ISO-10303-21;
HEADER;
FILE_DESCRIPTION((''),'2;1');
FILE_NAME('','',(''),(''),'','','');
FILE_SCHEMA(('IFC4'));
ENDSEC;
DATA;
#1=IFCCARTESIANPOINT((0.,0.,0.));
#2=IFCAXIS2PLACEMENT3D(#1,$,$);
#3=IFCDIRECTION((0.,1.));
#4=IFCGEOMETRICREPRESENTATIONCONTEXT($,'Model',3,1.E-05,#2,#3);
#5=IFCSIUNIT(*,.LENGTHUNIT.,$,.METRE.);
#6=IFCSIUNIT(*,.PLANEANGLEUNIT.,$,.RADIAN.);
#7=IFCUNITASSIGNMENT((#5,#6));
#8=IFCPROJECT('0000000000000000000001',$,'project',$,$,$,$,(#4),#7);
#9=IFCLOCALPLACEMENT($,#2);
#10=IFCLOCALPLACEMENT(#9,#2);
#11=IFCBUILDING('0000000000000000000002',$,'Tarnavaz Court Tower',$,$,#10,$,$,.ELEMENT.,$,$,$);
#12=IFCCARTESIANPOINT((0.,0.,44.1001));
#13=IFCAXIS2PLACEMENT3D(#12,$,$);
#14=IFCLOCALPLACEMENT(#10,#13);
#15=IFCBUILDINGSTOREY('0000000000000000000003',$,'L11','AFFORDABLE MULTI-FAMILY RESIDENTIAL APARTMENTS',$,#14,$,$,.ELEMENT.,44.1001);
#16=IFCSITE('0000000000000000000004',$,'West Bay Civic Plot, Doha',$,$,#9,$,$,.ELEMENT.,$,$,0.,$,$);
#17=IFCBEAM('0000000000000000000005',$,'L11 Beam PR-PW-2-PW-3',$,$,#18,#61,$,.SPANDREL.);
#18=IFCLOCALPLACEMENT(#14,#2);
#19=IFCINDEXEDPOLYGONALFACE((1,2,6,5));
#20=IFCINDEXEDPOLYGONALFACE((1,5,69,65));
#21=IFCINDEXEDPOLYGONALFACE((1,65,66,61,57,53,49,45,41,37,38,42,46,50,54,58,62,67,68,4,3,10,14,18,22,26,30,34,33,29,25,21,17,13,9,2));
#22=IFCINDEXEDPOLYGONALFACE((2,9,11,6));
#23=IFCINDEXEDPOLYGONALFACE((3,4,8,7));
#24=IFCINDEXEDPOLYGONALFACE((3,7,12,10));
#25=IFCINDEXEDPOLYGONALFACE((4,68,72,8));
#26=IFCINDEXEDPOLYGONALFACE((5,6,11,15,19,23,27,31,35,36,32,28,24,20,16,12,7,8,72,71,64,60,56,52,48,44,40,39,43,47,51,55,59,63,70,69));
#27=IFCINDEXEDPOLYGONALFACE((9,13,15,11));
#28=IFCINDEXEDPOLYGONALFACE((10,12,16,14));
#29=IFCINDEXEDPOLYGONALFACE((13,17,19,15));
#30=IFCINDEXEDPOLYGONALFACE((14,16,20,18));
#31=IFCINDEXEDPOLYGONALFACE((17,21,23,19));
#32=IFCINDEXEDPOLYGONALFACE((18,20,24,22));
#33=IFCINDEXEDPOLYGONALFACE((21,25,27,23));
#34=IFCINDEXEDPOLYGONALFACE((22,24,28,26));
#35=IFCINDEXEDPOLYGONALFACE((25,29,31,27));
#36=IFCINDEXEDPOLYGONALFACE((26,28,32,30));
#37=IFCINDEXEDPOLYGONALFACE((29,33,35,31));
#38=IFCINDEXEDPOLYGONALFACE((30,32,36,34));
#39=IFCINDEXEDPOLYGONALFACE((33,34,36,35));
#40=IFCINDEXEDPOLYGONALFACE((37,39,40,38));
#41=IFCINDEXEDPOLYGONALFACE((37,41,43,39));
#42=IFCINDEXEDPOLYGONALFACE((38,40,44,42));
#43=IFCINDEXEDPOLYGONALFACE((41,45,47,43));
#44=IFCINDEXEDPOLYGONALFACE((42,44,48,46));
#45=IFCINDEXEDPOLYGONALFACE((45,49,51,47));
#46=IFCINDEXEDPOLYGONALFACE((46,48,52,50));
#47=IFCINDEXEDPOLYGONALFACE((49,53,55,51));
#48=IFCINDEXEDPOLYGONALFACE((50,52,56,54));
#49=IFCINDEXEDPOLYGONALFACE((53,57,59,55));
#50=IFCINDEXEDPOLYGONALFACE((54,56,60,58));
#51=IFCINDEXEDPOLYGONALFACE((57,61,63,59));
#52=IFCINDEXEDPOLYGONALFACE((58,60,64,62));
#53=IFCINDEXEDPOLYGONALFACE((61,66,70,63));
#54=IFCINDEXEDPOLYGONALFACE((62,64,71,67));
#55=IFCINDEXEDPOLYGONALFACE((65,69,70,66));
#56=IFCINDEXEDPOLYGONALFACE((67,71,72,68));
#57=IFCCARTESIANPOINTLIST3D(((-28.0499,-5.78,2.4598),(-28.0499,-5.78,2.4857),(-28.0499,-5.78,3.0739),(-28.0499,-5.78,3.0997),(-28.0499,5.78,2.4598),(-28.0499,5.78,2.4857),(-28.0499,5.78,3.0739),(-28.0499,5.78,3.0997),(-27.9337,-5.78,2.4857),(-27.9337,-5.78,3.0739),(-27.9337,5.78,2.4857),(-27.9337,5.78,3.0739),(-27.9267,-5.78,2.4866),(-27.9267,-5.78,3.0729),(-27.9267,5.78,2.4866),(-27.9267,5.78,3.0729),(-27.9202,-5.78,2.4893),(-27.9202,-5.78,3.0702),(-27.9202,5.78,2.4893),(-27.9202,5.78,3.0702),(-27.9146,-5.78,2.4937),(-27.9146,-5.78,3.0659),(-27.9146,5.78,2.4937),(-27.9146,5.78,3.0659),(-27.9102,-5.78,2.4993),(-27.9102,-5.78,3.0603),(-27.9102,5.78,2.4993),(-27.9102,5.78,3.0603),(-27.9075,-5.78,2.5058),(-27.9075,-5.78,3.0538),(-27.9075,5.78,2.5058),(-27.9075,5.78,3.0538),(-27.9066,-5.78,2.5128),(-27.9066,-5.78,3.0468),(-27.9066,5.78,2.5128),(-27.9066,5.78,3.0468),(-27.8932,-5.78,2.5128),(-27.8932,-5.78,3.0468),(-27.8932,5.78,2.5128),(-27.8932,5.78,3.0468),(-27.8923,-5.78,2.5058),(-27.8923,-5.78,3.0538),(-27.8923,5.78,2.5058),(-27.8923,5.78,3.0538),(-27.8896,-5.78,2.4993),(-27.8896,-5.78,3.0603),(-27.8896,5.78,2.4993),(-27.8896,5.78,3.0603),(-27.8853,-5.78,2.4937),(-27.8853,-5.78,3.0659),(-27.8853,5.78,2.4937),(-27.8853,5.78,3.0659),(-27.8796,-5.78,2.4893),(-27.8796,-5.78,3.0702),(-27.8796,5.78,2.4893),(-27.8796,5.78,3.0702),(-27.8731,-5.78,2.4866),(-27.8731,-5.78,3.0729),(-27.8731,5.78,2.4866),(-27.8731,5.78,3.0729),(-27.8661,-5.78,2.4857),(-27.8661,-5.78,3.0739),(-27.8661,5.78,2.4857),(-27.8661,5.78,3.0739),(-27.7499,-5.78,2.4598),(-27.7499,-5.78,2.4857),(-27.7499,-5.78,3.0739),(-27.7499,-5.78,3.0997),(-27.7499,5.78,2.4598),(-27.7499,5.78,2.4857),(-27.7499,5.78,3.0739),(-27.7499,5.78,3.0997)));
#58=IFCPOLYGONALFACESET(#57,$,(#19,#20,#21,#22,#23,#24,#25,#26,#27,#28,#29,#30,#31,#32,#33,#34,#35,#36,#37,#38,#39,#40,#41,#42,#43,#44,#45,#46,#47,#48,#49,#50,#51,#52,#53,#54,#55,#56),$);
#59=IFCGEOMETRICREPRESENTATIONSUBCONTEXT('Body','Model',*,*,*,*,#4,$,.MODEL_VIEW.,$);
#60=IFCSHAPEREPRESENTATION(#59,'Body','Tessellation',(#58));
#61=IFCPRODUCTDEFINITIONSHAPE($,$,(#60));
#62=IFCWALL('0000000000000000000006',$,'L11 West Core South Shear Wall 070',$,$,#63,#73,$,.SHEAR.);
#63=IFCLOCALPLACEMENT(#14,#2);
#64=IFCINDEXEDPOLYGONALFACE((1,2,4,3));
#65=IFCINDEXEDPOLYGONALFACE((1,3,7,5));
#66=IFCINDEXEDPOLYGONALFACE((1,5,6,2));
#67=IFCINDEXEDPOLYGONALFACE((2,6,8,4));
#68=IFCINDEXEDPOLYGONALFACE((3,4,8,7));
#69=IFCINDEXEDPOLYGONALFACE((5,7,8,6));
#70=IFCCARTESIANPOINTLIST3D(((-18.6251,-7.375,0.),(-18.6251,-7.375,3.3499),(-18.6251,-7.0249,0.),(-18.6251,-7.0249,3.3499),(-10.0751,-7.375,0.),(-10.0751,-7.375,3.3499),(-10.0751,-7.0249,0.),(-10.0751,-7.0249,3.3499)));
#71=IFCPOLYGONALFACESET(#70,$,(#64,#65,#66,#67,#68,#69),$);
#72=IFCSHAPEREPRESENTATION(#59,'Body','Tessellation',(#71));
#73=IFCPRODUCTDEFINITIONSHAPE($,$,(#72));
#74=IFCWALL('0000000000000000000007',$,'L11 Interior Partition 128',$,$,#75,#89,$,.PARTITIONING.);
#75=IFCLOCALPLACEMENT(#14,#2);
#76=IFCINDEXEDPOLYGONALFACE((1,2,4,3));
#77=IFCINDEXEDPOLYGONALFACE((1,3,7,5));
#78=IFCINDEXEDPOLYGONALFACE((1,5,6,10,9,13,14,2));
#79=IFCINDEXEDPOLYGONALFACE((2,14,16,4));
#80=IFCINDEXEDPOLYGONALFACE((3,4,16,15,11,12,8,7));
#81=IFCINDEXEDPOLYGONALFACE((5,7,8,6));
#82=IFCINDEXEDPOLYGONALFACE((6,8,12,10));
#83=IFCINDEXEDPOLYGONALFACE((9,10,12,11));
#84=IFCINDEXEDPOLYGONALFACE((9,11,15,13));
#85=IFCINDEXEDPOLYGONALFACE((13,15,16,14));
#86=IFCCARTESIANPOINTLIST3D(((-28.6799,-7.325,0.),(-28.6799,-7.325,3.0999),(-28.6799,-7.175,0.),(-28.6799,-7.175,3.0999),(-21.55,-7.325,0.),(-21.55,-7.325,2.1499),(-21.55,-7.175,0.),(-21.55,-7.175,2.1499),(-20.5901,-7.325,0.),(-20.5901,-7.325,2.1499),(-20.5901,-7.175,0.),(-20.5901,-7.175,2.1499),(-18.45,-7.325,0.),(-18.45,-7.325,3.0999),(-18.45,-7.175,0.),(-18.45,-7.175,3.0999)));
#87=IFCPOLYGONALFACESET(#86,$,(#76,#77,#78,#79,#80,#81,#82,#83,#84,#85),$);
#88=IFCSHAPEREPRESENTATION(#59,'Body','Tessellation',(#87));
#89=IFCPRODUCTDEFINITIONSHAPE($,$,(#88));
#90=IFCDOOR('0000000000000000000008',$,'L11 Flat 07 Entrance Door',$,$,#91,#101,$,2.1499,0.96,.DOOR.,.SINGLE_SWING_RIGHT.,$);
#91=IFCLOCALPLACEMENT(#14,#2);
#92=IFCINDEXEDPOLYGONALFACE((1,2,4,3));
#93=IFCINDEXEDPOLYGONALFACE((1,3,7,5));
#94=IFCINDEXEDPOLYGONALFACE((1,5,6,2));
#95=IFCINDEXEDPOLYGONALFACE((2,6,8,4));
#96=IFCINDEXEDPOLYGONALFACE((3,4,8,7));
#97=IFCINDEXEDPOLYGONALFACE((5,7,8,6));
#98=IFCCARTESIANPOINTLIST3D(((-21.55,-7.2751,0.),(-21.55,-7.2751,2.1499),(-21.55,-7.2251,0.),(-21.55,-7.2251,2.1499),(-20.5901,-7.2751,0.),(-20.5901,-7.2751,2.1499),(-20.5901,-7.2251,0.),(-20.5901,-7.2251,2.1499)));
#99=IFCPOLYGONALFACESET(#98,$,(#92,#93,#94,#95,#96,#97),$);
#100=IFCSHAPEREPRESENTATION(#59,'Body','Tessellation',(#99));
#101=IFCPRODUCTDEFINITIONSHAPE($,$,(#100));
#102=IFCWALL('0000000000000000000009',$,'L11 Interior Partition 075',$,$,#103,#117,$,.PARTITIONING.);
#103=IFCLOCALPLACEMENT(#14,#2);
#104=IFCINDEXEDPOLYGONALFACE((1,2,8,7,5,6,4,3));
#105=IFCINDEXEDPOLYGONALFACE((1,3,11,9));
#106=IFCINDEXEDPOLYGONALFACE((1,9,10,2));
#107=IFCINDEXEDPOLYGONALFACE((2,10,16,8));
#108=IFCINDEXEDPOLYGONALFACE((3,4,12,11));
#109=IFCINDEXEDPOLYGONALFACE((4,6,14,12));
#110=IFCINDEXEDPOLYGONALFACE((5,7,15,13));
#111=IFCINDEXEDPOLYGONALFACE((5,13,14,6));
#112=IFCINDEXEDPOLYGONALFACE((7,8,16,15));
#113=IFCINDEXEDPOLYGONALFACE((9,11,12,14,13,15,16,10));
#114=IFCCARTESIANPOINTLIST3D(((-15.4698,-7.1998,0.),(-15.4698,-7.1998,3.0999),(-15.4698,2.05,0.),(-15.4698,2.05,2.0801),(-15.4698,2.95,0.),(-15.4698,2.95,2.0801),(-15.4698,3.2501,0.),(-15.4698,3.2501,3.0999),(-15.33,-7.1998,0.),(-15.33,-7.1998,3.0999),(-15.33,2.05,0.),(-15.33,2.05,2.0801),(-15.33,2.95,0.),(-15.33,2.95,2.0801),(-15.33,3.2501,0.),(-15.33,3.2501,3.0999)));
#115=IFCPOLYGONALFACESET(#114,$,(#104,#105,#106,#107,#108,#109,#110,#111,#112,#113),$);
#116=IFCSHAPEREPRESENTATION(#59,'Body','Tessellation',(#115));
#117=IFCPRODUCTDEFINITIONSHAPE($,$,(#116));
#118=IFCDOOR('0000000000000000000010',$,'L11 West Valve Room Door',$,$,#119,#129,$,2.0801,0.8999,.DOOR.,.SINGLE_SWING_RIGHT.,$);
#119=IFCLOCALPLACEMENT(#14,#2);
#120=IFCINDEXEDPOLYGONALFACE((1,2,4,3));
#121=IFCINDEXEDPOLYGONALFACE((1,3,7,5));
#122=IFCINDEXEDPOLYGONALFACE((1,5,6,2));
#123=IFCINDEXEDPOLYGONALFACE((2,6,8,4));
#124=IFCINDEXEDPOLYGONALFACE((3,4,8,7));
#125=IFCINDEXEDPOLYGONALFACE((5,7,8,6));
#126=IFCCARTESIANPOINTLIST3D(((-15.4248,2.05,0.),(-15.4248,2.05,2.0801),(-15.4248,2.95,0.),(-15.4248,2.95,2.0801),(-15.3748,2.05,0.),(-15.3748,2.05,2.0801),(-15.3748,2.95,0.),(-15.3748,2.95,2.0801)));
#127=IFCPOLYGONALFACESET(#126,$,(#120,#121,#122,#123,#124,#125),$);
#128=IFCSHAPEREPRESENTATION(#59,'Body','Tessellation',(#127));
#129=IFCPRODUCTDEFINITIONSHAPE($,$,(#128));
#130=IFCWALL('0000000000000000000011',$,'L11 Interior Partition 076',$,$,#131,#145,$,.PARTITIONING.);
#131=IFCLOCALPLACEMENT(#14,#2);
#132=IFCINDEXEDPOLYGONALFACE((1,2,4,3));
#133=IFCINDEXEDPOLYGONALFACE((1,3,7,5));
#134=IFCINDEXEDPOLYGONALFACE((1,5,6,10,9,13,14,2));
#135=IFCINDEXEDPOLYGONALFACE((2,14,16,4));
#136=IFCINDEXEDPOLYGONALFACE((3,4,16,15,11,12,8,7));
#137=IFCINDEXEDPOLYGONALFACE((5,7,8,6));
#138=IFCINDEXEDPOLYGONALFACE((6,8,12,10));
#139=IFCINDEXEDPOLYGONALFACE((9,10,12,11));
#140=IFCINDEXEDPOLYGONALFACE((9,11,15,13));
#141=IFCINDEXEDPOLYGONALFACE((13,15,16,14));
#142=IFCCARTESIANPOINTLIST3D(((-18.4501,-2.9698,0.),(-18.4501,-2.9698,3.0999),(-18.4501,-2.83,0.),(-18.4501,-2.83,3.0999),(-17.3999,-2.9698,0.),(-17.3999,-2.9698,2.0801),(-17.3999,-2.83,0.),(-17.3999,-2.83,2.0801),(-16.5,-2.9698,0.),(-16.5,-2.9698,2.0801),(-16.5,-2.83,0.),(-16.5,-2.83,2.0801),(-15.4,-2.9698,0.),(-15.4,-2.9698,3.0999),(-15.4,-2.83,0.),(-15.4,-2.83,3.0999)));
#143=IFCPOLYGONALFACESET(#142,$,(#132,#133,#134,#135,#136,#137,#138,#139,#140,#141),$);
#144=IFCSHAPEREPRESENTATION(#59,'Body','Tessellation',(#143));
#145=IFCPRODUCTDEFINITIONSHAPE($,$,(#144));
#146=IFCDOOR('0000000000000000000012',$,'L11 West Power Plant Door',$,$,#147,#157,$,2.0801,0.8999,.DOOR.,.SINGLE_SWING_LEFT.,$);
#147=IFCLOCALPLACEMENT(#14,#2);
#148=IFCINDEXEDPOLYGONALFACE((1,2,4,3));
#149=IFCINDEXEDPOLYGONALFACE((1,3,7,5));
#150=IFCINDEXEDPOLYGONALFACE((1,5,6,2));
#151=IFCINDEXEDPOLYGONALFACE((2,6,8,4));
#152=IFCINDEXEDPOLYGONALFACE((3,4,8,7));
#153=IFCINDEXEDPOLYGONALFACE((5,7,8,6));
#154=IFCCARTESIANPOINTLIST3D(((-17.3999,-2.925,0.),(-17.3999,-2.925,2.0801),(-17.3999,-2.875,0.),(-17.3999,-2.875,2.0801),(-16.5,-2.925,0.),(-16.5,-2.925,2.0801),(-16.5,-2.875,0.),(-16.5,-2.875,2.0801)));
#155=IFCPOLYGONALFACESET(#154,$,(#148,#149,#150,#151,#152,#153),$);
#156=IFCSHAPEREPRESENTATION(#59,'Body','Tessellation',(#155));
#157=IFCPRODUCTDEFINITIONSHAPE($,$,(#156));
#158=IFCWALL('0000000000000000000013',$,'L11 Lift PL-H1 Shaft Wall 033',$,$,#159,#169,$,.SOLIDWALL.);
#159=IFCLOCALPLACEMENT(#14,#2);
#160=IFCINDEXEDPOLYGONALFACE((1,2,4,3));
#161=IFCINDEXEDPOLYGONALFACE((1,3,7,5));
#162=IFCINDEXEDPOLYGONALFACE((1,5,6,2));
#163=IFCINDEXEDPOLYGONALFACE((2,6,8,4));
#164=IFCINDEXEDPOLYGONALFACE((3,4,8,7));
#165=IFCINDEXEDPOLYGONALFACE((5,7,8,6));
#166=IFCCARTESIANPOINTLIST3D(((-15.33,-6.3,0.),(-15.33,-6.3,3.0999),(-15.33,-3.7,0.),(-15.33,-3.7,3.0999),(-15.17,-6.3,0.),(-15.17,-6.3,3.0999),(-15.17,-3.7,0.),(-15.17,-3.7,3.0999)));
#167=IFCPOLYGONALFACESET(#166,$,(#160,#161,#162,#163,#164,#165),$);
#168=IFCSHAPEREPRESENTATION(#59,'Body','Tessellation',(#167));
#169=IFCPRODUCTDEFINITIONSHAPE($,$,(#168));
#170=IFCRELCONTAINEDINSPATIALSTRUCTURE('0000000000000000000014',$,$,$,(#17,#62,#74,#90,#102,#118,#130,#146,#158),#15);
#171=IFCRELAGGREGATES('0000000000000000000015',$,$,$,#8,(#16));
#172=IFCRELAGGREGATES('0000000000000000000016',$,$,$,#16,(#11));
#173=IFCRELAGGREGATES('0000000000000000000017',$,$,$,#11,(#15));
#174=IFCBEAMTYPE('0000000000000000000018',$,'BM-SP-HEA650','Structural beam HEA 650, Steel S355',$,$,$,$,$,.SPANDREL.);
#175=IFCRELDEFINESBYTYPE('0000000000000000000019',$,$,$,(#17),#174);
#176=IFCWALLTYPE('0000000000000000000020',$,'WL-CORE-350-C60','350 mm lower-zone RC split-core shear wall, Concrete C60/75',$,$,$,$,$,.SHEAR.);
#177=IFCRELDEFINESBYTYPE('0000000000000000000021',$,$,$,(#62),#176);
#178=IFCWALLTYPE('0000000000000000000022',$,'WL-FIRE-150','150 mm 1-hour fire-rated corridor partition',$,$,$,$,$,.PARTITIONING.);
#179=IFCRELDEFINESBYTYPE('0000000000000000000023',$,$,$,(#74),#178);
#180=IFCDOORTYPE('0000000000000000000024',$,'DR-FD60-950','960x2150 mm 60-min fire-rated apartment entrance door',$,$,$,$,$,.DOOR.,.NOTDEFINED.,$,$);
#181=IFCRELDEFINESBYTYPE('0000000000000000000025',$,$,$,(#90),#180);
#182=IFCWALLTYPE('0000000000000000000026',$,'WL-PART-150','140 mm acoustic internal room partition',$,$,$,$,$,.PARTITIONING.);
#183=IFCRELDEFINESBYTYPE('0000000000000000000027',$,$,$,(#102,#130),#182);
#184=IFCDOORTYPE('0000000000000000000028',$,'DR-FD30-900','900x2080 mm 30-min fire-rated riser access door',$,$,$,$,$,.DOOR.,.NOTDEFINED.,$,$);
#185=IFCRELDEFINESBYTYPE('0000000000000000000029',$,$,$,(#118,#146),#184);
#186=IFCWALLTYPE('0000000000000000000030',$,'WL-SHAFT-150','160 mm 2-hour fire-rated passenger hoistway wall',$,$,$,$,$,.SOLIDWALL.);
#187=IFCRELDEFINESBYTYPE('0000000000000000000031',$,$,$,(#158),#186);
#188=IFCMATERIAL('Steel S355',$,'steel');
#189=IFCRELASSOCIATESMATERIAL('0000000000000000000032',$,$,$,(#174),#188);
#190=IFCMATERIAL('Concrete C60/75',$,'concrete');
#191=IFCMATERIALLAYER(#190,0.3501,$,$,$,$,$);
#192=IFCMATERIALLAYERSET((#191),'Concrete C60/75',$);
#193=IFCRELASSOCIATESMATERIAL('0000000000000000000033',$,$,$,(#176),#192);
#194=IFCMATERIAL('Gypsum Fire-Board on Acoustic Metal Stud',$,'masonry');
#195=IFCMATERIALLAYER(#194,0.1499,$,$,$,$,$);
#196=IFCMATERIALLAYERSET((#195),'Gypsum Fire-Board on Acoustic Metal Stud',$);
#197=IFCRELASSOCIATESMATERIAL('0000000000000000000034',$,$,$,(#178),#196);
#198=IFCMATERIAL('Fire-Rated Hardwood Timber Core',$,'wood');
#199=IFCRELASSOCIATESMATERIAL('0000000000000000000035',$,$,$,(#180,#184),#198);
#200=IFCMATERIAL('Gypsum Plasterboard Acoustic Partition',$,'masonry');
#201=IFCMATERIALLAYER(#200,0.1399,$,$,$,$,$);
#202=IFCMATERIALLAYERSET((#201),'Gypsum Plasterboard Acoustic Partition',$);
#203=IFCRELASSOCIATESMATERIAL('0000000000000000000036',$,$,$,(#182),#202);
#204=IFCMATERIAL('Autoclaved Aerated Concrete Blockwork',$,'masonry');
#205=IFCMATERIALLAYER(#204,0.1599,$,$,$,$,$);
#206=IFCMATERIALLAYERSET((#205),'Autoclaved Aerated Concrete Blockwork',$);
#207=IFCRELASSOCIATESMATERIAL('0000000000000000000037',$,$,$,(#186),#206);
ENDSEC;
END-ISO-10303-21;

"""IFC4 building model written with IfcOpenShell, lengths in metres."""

from ifc_helpers import new_model, si_unit, direction, frame, frame_2d, origin, origin_2d, place, context, subcontext, project, spatial, rectangle, i_section, extrude, material, layer, layer_set, material_profile, profile_set, type_object, element, fill, save


model = new_model("IFC4")

# Units and contexts
model_context = context("Model", 3, precision=1e-05, world=origin(), true_north=direction((0.0, 1.0)))
body_context = subcontext(model_context, "Body", "Model", "MODEL_VIEW")
ifc_project = project(units=[si_unit("LENGTHUNIT", "METRE"), si_unit("PLANEANGLEUNIT", "RADIAN")], contexts=[model_context])

# Site, building, storey
site_placement = place(None, origin())
site = spatial("IfcSite", under=ifc_project, at=site_placement, Name="West Bay Civic Plot, Doha", CompositionType="ELEMENT", RefElevation=0.0)
building_placement = place(site_placement, origin())
building = spatial("IfcBuilding", under=site, at=building_placement, Name="Tarnavaz Court Tower", CompositionType="ELEMENT")
storey_placement = place(building_placement, frame((0.0, 0.0, 44.1001)))
storey = spatial("IfcBuildingStorey", under=building, at=storey_placement, Name="L11", Description="AFFORDABLE MULTI-FAMILY RESIDENTIAL APARTMENTS", CompositionType="ELEMENT", Elevation=44.1001)

# Shared definitions
ifc_material_1 = material(Name="Concrete C60/75", Category="concrete")

# Beam
ifc_material_2 = material(Name="Steel S355", Category="steel")
ifc_material_profile_1 = material_profile(ifc_material_2, i_section(OverallWidth=0.3, OverallDepth=0.6399, WebThickness=0.0134, FlangeThickness=0.0259, FilletRadius=0.0271, at=origin_2d()), Name="HEA 650")
ifc_profile_set_1 = profile_set([ifc_material_profile_1], Name="Steel S355")
beam_type_1 = type_object("IfcBeamType", Name="BM-SP-HEA650", Description="Structural beam HEA 650, Steel S355", PredefinedType="SPANDREL", material=ifc_profile_set_1)
beam_1_placement = place(storey_placement, frame((-27.8999, -5.78, 2.7798), z_axis=(0.0, 1.0, 0.0), x_axis=(-1.0, 0.0, 0.0)))
element("IfcBeam", 1, at=beam_1_placement, inside=storey, type_object=beam_type_1, Name="L11 Beam PR-PW-2-PW-3", PredefinedType="SPANDREL", context=body_context, shape_type="SweptSolid", body=[
    extrude(i_section(OverallWidth=0.3, OverallDepth=0.6399, WebThickness=0.0134, FlangeThickness=0.0259, FilletRadius=0.0271, at=origin_2d()), origin(), (0.0, 0.0, 1.0), 11.5601),
])

# Wall
ifc_layer_1 = layer(ifc_material_1, 0.3501)
ifc_layer_set_1 = layer_set([ifc_layer_1], Name="Concrete C60/75")
wall_type_1 = type_object("IfcWallType", Name="WL-CORE-350-C60", Description="350 mm lower-zone RC split-core shear wall, Concrete C60/75", PredefinedType="SHEAR", material=ifc_layer_set_1)
wall_1_placement = place(storey_placement, frame((-18.625, -7.2, 0.0), z_axis=(0.0, 0.0, 1.0), x_axis=(1.0, 0.0, 0.0)))
element("IfcWall", 2, at=wall_1_placement, inside=storey, type_object=wall_type_1, Name="L11 West Core South Shear Wall 070", PredefinedType="SHEAR", context=body_context, shape_type="SweptSolid", body=[
    extrude(rectangle(XDim=8.55, YDim=0.3501, at=frame_2d((4.2749, 0.0))), origin(), (0.0, 0.0, 1.0), 3.3499),
])

# Walls, openings, doors
ifc_material_3 = material(Name="Gypsum Fire-Board on Acoustic Metal Stud", Category="masonry")
ifc_layer_2 = layer(ifc_material_3, 0.1499)
ifc_layer_set_2 = layer_set([ifc_layer_2], Name="Gypsum Fire-Board on Acoustic Metal Stud")
wall_type_2 = type_object("IfcWallType", Name="WL-FIRE-150", Description="150 mm 1-hour fire-rated corridor partition", PredefinedType="PARTITIONING", material=ifc_layer_set_2)
wall_2_placement = place(storey_placement, frame((-28.6799, -7.25, 0.0), z_axis=(0.0, 0.0, 1.0), x_axis=(1.0, 0.0, 0.0)))
wall_2 = element("IfcWall", 3, at=wall_2_placement, inside=storey, type_object=wall_type_2, Name="L11 Interior Partition 128", PredefinedType="PARTITIONING", context=body_context, shape_type="SweptSolid", body=[
    extrude(rectangle(XDim=10.23, YDim=0.1499, at=frame_2d((5.115, 0.0))), origin(), (0.0, 0.0, 1.0), 3.0999),
])
opening_1_placement = place(wall_2_placement, frame((7.1299, 0.0, 0.0)))
opening_1 = element("IfcOpeningElement", 4, at=opening_1_placement, cuts=wall_2, PredefinedType="OPENING", context=body_context, shape_type="SweptSolid", body=[
    extrude(rectangle(XDim=0.96, YDim=2.1499, at=frame_2d((0.48, 1.075))), frame((0.0, 0.085, 0.0), z_axis=(0.0, -1.0, 0.0), x_axis=(1.0, 0.0, 0.0)), (0.0, 0.0, 1.0), 0.1699),
])
ifc_material_4 = material(Name="Fire-Rated Hardwood Timber Core", Category="wood")
door_type_1 = type_object("IfcDoorType", Name="DR-FD60-950", Description="960x2150 mm 60-min fire-rated apartment entrance door", OperationType="NOTDEFINED", PredefinedType="DOOR", material=ifc_material_4)
door_1_placement = place(opening_1_placement, origin())
door_1 = element("IfcDoor", 5, at=door_1_placement, inside=storey, type_object=door_type_1, Name="L11 Flat 07 Entrance Door", OperationType="SINGLE_SWING_RIGHT", OverallHeight=2.1499, OverallWidth=0.96, PredefinedType="DOOR", context=body_context, shape_type="SweptSolid", body=[
    extrude(rectangle(XDim=0.96, YDim=2.1499, at=frame_2d((0.48, 1.075))), frame((0.0, 0.0249, 0.0), z_axis=(0.0, -1.0, 0.0), x_axis=(1.0, 0.0, 0.0)), (0.0, 0.0, 1.0), 0.05),
])
fill(opening_1, door_1)
ifc_material_5 = material(Name="Gypsum Plasterboard Acoustic Partition", Category="masonry")
ifc_layer_3 = layer(ifc_material_5, 0.1399)
ifc_layer_set_3 = layer_set([ifc_layer_3], Name="Gypsum Plasterboard Acoustic Partition")
wall_type_3 = type_object("IfcWallType", Name="WL-PART-150", Description="140 mm acoustic internal room partition", PredefinedType="PARTITIONING", material=ifc_layer_set_3)
wall_3_placement = place(storey_placement, frame((-15.3999, -7.2, 0.0), z_axis=(0.0, 0.0, 1.0), x_axis=(0.0, 1.0, 0.0)))
wall_3 = element("IfcWall", 6, at=wall_3_placement, inside=storey, type_object=wall_type_3, Name="L11 Interior Partition 075", PredefinedType="PARTITIONING", context=body_context, shape_type="SweptSolid", body=[
    extrude(rectangle(XDim=10.45, YDim=0.1399, at=frame_2d((5.2251, 0.0))), origin(), (0.0, 0.0, 1.0), 3.0999),
])
opening_2_placement = place(wall_3_placement, frame((9.25, 0.0, 0.0)))
opening_2 = element("IfcOpeningElement", 7, at=opening_2_placement, cuts=wall_3, PredefinedType="OPENING", context=body_context, shape_type="SweptSolid", body=[
    extrude(rectangle(XDim=0.8999, YDim=2.0801, at=frame_2d((0.45, 1.04))), frame((0.0, 0.0798, 0.0), z_axis=(0.0, -1.0, 0.0), x_axis=(1.0, 0.0, 0.0)), (0.0, 0.0, 1.0), 0.1599),
])
door_type_2 = type_object("IfcDoorType", Name="DR-FD30-900", Description="900x2080 mm 30-min fire-rated riser access door", OperationType="NOTDEFINED", PredefinedType="DOOR", material=ifc_material_4)
door_2_placement = place(opening_2_placement, origin())
door_2 = element("IfcDoor", 8, at=door_2_placement, inside=storey, type_object=door_type_2, Name="L11 West Valve Room Door", OperationType="SINGLE_SWING_RIGHT", OverallHeight=2.0801, OverallWidth=0.8999, PredefinedType="DOOR", context=body_context, shape_type="SweptSolid", body=[
    extrude(rectangle(XDim=0.8999, YDim=2.0801, at=frame_2d((0.45, 1.04))), frame((0.0, 0.0249, 0.0), z_axis=(0.0, -1.0, 0.0), x_axis=(1.0, 0.0, 0.0)), (0.0, 0.0, 1.0), 0.05),
])
fill(opening_2, door_2)
wall_4_placement = place(storey_placement, frame((-18.45, -2.8999, 0.0), z_axis=(0.0, 0.0, 1.0), x_axis=(1.0, 0.0, 0.0)))
wall_4 = element("IfcWall", 9, at=wall_4_placement, inside=storey, type_object=wall_type_3, Name="L11 Interior Partition 076", PredefinedType="PARTITIONING", context=body_context, shape_type="SweptSolid", body=[
    extrude(rectangle(XDim=3.05, YDim=0.1399, at=frame_2d((1.5249, 0.0))), origin(), (0.0, 0.0, 1.0), 3.0999),
])
opening_3_placement = place(wall_4_placement, frame((1.05, 0.0, 0.0)))
opening_3 = element("IfcOpeningElement", 10, at=opening_3_placement, cuts=wall_4, PredefinedType="OPENING", context=body_context, shape_type="SweptSolid", body=[
    extrude(rectangle(XDim=0.8999, YDim=2.0801, at=frame_2d((0.45, 1.04))), frame((0.0, 0.0798, 0.0), z_axis=(0.0, -1.0, 0.0), x_axis=(1.0, 0.0, 0.0)), (0.0, 0.0, 1.0), 0.1599),
])
door_3_placement = place(opening_3_placement, origin())
door_3 = element("IfcDoor", 11, at=door_3_placement, inside=storey, type_object=door_type_2, Name="L11 West Power Plant Door", OperationType="SINGLE_SWING_LEFT", OverallHeight=2.0801, OverallWidth=0.8999, PredefinedType="DOOR", context=body_context, shape_type="SweptSolid", body=[
    extrude(rectangle(XDim=0.8999, YDim=2.0801, at=frame_2d((0.45, 1.04))), frame((0.0, 0.0249, 0.0), z_axis=(0.0, -1.0, 0.0), x_axis=(1.0, 0.0, 0.0)), (0.0, 0.0, 1.0), 0.05),
])
fill(opening_3, door_3)

# Wall
ifc_material_6 = material(Name="Autoclaved Aerated Concrete Blockwork", Category="masonry")
ifc_layer_4 = layer(ifc_material_6, 0.1599)
ifc_layer_set_4 = layer_set([ifc_layer_4], Name="Autoclaved Aerated Concrete Blockwork")
wall_type_4 = type_object("IfcWallType", Name="WL-SHAFT-150", Description="160 mm 2-hour fire-rated passenger hoistway wall", PredefinedType="SOLIDWALL", material=ifc_layer_set_4)
wall_5_placement = place(storey_placement, frame((-15.25, -6.3, 0.0), z_axis=(0.0, 0.0, 1.0), x_axis=(0.0, 1.0, 0.0)))
element("IfcWall", 12, at=wall_5_placement, inside=storey, type_object=wall_type_4, Name="L11 Lift PL-H1 Shaft Wall 033", PredefinedType="SOLIDWALL", context=body_context, shape_type="SweptSolid", body=[
    extrude(rectangle(XDim=2.6001, YDim=0.1599, at=frame_2d((1.3, 0.0))), origin(), (0.0, 0.0, 1.0), 3.0999),
])

save(model, "model.ifc")
